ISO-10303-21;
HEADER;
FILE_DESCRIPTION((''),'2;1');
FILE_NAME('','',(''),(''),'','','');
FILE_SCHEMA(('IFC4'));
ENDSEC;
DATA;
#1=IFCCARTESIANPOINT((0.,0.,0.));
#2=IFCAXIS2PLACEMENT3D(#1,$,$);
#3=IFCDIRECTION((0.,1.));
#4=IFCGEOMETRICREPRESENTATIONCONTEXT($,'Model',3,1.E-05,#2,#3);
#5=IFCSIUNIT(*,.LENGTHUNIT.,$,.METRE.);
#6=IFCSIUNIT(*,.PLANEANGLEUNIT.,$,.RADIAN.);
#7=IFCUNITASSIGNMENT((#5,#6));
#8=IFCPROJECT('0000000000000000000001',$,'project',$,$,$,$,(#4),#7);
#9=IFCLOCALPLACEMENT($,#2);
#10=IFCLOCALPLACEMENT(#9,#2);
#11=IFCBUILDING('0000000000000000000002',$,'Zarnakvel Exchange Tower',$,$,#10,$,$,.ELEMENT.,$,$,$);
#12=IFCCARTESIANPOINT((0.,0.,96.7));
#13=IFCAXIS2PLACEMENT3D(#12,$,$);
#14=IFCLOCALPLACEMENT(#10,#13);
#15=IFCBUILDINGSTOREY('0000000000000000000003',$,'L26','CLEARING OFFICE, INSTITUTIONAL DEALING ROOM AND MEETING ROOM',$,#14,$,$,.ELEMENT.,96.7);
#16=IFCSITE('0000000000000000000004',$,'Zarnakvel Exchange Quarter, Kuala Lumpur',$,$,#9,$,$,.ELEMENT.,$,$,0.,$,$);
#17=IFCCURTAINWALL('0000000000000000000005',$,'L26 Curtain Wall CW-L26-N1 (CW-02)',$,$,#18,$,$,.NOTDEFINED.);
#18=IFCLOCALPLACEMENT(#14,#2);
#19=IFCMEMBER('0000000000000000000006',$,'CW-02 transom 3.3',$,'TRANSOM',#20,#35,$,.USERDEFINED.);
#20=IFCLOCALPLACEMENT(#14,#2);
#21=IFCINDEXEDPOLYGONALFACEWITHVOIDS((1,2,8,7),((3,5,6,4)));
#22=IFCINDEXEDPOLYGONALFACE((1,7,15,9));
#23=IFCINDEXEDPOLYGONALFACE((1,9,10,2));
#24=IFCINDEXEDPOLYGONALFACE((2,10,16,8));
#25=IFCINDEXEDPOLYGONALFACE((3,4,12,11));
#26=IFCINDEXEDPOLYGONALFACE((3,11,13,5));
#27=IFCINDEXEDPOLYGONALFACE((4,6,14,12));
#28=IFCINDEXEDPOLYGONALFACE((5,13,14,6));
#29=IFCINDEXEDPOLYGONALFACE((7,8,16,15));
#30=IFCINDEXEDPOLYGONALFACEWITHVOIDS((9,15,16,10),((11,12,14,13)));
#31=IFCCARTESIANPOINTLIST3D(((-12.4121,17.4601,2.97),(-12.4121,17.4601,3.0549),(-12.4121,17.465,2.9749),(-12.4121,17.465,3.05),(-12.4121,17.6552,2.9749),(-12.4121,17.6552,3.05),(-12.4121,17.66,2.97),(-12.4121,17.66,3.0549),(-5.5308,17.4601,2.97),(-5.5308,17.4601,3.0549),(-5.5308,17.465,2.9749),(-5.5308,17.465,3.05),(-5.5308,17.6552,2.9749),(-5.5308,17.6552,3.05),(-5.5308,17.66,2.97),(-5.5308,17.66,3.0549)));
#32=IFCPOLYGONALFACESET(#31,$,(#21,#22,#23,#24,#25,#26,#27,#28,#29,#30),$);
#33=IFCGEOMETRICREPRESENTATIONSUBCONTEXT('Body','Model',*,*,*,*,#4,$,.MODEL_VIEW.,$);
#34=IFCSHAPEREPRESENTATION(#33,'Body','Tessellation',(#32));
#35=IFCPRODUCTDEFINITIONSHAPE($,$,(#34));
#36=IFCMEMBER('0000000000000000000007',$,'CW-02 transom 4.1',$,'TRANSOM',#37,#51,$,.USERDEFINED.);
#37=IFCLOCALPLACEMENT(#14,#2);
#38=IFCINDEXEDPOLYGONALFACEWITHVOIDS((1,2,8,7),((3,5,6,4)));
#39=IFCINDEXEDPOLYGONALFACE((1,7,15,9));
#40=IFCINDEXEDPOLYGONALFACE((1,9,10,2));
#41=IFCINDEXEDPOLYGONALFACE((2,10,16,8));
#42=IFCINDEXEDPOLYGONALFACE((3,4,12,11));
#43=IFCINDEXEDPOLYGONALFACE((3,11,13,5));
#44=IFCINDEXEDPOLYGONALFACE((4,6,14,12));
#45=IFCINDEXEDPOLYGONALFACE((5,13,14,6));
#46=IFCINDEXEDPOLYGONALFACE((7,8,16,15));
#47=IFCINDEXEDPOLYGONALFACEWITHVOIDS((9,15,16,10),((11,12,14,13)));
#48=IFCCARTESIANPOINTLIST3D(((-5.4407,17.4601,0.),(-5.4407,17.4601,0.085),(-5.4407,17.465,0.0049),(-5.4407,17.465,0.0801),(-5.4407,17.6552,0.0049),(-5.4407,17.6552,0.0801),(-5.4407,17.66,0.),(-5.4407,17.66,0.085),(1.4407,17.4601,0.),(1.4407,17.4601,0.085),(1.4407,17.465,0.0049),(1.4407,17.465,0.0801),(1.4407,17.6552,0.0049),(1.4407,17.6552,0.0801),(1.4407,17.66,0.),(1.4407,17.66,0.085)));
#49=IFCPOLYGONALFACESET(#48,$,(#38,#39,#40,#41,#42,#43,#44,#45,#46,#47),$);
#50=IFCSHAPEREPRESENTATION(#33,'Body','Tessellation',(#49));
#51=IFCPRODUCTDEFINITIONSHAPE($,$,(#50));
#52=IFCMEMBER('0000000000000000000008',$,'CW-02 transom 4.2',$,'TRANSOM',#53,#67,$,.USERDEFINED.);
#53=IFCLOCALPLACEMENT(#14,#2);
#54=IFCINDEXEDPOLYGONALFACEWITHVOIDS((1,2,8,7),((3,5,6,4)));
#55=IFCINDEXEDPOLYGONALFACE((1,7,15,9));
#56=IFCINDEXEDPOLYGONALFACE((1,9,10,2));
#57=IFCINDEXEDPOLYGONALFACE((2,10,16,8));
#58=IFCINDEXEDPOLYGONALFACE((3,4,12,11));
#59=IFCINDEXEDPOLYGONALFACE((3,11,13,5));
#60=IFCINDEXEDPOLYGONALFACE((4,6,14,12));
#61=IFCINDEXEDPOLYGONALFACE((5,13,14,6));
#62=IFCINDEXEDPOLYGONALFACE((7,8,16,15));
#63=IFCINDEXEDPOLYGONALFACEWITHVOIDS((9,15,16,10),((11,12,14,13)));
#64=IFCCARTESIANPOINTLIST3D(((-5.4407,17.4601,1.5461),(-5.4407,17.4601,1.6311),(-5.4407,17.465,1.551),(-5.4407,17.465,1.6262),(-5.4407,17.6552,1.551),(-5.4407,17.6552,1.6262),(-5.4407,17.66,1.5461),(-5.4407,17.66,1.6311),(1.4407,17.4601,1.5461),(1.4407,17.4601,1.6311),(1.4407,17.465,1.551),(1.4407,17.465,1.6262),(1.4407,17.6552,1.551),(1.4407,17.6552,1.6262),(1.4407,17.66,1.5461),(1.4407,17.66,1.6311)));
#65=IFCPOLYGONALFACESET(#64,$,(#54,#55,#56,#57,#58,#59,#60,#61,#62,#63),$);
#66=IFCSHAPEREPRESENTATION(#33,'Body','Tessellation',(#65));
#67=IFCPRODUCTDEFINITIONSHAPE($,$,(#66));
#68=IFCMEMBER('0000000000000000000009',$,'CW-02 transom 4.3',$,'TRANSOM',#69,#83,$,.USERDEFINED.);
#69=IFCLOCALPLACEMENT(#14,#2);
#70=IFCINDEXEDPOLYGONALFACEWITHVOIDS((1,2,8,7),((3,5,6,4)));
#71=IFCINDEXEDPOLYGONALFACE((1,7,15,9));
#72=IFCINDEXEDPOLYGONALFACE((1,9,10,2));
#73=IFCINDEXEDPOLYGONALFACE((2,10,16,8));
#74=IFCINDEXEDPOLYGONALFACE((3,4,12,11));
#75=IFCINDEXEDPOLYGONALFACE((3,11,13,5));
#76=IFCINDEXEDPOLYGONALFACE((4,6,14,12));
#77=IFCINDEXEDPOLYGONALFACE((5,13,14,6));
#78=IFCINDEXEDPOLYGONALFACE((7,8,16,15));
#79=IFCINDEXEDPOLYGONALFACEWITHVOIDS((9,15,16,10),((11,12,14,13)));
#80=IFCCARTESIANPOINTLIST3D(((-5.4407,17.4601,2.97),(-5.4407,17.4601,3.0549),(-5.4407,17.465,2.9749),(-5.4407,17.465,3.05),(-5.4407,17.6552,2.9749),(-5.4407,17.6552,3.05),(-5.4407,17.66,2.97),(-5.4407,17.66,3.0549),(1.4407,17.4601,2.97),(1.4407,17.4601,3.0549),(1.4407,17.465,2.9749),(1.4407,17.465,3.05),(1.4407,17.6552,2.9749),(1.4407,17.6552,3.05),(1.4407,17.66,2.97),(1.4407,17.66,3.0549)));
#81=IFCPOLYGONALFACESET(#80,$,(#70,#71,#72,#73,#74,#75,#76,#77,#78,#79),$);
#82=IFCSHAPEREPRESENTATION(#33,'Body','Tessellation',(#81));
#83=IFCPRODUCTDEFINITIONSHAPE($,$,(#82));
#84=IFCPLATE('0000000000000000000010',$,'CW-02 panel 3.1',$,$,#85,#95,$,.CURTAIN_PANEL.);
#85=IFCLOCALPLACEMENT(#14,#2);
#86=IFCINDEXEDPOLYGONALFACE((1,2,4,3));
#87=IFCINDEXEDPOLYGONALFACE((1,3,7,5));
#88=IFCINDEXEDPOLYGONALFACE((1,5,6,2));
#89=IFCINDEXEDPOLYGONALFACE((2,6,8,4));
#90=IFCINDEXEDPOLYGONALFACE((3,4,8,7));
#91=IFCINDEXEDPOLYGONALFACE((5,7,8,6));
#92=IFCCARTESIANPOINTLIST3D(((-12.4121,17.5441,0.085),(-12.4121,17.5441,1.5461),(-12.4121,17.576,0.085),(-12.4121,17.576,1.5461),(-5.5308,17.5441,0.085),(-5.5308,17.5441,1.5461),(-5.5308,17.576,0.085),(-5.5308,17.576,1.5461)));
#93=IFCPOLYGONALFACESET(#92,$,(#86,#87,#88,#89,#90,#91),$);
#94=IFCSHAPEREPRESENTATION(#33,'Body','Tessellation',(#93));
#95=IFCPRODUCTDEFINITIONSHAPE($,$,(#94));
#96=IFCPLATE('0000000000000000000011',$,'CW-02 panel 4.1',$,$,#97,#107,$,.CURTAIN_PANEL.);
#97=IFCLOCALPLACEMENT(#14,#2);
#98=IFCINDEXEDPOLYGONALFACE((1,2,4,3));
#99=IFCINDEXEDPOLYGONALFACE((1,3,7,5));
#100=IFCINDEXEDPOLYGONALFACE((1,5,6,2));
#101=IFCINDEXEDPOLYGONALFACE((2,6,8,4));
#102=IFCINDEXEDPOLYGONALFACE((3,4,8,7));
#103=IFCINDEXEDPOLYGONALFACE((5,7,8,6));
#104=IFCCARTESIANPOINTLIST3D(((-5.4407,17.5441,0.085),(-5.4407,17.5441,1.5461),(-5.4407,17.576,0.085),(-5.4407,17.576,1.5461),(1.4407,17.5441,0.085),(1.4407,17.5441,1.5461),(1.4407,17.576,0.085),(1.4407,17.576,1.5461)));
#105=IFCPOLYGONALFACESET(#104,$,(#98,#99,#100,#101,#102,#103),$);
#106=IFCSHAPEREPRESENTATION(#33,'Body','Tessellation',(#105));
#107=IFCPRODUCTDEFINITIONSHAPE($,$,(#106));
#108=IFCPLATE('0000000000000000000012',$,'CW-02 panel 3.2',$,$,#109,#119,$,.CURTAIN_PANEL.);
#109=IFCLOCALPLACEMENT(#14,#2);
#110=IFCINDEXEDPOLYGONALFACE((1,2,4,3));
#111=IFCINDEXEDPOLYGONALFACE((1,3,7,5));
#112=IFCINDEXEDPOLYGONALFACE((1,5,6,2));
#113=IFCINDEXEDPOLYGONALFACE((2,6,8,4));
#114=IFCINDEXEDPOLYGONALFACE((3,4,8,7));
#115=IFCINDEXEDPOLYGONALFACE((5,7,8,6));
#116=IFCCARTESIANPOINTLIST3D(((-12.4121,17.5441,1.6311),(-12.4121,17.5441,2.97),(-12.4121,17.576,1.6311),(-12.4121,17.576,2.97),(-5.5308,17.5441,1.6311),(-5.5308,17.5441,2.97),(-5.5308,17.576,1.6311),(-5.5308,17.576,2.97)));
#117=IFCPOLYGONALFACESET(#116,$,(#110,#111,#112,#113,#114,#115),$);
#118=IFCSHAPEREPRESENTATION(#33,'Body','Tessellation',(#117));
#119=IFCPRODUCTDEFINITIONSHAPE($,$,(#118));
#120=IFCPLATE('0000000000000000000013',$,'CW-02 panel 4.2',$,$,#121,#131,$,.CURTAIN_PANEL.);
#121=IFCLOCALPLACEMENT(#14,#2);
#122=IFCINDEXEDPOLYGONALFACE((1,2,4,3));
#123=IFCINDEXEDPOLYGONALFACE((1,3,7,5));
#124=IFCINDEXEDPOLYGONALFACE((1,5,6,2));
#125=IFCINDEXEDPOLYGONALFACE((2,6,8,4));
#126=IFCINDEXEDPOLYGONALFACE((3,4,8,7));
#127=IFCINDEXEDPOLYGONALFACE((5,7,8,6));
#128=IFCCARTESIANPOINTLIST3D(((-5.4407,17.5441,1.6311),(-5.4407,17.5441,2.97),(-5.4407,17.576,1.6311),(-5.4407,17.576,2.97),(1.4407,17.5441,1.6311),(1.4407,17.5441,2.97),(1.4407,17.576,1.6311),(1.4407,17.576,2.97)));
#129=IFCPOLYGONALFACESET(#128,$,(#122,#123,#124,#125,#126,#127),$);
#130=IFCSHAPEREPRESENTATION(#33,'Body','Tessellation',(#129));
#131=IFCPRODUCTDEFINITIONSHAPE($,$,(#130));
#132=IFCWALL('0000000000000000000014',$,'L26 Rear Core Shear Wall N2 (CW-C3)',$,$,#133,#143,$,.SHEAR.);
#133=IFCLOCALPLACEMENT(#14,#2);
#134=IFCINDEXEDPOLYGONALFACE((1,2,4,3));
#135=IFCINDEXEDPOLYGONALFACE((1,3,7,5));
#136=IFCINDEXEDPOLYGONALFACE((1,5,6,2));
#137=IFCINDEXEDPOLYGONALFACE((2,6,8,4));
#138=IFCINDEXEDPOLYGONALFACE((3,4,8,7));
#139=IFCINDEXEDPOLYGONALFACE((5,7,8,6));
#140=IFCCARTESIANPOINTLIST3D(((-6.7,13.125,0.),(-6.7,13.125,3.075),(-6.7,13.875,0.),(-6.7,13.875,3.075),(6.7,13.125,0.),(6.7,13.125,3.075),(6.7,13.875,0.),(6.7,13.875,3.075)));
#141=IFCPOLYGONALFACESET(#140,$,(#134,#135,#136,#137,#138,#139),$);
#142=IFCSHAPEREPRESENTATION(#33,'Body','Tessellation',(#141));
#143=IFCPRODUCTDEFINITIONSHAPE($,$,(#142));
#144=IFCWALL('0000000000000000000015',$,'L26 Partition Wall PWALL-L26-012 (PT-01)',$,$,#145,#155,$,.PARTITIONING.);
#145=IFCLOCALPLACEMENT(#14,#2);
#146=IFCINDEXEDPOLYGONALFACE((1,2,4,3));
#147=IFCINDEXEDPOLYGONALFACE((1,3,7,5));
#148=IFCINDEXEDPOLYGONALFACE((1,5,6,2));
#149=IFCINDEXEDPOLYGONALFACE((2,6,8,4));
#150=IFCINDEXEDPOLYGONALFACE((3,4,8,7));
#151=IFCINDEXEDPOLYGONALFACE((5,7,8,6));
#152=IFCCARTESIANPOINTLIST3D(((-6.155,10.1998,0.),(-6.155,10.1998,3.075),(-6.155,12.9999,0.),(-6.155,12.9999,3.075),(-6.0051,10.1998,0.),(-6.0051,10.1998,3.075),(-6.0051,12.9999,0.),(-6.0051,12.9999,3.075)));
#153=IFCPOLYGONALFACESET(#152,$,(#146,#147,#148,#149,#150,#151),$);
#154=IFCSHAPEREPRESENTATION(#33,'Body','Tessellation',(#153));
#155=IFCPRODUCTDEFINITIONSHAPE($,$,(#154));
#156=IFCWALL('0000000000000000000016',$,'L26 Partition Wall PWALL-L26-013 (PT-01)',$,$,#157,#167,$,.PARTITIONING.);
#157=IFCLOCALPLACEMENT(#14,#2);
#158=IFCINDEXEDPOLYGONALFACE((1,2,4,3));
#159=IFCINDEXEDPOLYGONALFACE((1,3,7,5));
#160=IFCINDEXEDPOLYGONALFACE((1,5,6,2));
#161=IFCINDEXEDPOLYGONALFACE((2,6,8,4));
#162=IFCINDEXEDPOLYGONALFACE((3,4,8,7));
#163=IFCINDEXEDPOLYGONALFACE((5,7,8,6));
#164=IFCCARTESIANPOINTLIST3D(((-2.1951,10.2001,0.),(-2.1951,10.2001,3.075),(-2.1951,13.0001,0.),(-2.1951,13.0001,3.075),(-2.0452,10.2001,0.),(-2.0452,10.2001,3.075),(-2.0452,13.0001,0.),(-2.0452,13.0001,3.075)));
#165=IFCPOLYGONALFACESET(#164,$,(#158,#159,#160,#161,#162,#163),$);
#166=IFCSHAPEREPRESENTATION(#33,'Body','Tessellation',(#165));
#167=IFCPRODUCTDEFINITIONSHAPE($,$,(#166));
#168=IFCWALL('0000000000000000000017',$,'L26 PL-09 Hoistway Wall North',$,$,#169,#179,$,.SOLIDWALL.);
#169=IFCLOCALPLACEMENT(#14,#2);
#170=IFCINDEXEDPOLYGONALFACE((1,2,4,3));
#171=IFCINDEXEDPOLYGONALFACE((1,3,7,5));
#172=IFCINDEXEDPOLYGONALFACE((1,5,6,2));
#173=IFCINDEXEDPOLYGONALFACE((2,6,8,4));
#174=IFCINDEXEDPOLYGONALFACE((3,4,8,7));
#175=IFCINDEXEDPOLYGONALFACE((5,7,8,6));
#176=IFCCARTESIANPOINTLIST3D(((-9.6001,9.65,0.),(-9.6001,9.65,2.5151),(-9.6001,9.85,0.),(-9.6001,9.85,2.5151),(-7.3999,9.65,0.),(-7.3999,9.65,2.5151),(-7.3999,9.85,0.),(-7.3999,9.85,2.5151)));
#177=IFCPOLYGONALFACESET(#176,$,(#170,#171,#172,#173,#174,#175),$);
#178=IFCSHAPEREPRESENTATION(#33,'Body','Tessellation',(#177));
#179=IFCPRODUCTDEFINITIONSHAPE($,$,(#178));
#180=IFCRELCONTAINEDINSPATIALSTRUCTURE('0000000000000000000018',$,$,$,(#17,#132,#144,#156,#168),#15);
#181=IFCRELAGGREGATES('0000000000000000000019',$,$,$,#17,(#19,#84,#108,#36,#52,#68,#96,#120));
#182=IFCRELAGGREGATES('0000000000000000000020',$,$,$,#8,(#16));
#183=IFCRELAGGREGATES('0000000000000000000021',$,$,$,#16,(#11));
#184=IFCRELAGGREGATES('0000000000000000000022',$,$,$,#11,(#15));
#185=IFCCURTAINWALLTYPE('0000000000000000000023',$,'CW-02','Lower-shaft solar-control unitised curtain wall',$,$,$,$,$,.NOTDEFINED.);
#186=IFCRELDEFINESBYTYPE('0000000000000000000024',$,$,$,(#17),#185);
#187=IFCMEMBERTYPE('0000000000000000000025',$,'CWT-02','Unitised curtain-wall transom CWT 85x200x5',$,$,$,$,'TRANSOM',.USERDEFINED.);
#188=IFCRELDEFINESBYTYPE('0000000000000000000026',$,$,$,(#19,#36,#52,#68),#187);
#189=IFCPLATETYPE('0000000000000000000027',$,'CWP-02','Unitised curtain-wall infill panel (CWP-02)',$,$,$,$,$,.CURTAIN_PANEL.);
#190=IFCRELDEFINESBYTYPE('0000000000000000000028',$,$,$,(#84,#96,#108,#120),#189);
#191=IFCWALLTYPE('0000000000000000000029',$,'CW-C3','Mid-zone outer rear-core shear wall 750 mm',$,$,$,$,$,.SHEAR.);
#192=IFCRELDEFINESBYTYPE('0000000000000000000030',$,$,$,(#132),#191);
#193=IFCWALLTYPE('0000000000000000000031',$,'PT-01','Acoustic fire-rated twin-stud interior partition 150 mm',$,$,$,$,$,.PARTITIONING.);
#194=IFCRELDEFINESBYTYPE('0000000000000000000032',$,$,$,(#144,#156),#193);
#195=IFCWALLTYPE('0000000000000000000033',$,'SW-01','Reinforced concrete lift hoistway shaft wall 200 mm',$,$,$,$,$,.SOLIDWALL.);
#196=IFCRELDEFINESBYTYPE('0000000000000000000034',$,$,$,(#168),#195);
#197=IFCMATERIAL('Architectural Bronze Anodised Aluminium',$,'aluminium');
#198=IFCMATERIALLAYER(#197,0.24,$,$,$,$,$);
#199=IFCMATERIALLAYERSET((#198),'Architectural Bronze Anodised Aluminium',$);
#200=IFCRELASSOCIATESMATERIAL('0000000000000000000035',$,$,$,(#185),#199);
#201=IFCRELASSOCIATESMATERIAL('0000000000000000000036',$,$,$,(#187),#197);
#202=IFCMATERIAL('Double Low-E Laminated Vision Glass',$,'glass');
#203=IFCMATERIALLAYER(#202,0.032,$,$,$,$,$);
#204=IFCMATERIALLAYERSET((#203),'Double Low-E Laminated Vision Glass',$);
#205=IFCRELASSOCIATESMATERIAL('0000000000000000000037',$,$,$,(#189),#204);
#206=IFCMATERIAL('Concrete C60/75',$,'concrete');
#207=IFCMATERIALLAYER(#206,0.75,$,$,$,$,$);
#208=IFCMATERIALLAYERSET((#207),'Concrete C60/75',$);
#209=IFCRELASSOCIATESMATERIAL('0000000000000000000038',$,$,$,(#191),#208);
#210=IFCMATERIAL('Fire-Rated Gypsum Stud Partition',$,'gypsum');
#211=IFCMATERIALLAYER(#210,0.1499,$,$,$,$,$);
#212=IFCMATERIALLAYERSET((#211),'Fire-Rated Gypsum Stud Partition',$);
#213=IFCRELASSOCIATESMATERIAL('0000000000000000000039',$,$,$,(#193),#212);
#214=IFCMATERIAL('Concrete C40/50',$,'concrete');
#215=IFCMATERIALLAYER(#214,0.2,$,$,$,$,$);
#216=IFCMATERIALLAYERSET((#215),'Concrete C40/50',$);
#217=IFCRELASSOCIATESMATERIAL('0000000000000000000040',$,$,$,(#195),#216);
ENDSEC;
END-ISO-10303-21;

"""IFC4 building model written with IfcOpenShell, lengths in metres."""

from ifc_helpers import new_model, si_unit, direction, frame, frame_2d, origin, origin_2d, place, context, subcontext, project, spatial, rectangle, hollow_rectangle, extrude, source, transform, mapped, material, layer, layer_set, material_profile, profile_set, type_object, element, aggregate, save


model = new_model("IFC4")

# Units and contexts
model_context = context("Model", 3, precision=1e-05, world=origin(), true_north=direction((0.0, 1.0)))
body_context = subcontext(model_context, "Body", "Model", "MODEL_VIEW")
ifc_project = project(units=[si_unit("LENGTHUNIT", "METRE"), si_unit("PLANEANGLEUNIT", "RADIAN")], contexts=[model_context])

# Site, building, storey
site_placement = place(None, origin())
site = spatial("IfcSite", under=ifc_project, at=site_placement, Name="Zarnakvel Exchange Quarter, Kuala Lumpur", CompositionType="ELEMENT", RefElevation=0.0)
building_placement = place(site_placement, origin())
building = spatial("IfcBuilding", under=site, at=building_placement, Name="Zarnakvel Exchange Tower", CompositionType="ELEMENT")
storey_placement = place(building_placement, frame((0.0, 0.0, 96.7)))
storey = spatial("IfcBuildingStorey", under=building, at=storey_placement, Name="L26", Description="CLEARING OFFICE, INSTITUTIONAL DEALING ROOM AND MEETING ROOM", CompositionType="ELEMENT", Elevation=96.7)

# Shared definitions
ifc_material_1 = material(Name="Concrete C60/75", Category="concrete")

# Curtain wall, members, plates
ifc_material_2 = material(Name="Architectural Bronze Anodised Aluminium", Category="aluminium")
ifc_layer_1 = layer(ifc_material_2, 0.24)
ifc_layer_set_1 = layer_set([ifc_layer_1], Name="Architectural Bronze Anodised Aluminium")
curtain_wall_type = type_object("IfcCurtainWallType", Name="CW-02", Description="Lower-shaft solar-control unitised curtain wall", PredefinedType="NOTDEFINED", material=ifc_layer_set_1)
curtain_wall_placement = place(storey_placement, origin())
curtain_wall = element("IfcCurtainWall", 1, at=curtain_wall_placement, inside=storey, type_object=curtain_wall_type, Name="L26 Curtain Wall CW-L26-N1 (CW-02)", PredefinedType="NOTDEFINED")
ifc_material_profile_1 = material_profile(ifc_material_2, hollow_rectangle(XDim=0.2, YDim=0.085, WallThickness=0.0049, at=origin_2d()))
ifc_profile_set_1 = profile_set([ifc_material_profile_1], Name="Architectural Bronze Anodised Aluminium")
member_type_1 = type_object("IfcMemberType", Name="CWT-02", Description="Unitised curtain-wall transom CWT 85x200x5", ElementType="TRANSOM", PredefinedType="USERDEFINED", material=ifc_profile_set_1)
shared_shape_1 = source(origin(), body_context, "Body", "SweptSolid", [
    extrude(hollow_rectangle(XDim=0.2, YDim=0.085, WallThickness=0.0049, at=origin_2d()), origin(), (0.0, 0.0, 1.0), 6.8813),
])
member_1_placement = place(storey_placement, frame((-12.4121, 17.5601, 3.0125), z_axis=(1.0, 0.0, 0.0), x_axis=(0.0, 1.0, 0.0)))
member_1 = element("IfcMember", 2, at=member_1_placement, type_object=member_type_1, Name="CW-02 transom 3.3", ObjectType="TRANSOM", PredefinedType="USERDEFINED", context=body_context, shape_type="MappedRepresentation", body=[
    mapped(shared_shape_1, transform((0.0, 0.0, 0.0), x_axis=(1.0, 0.0, 0.0), y_axis=(0.0, 1.0, 0.0), z_axis=(0.0, 0.0, 1.0), scale=1.0)),
])
member_2_placement = place(storey_placement, frame((-5.4407, 17.5601, 0.0425), z_axis=(1.0, 0.0, 0.0), x_axis=(0.0, 1.0, 0.0)))
member_2 = element("IfcMember", 3, at=member_2_placement, type_object=member_type_1, Name="CW-02 transom 4.1", ObjectType="TRANSOM", PredefinedType="USERDEFINED", context=body_context, shape_type="MappedRepresentation", body=[
    mapped(shared_shape_1, transform((0.0, 0.0, 0.0), x_axis=(1.0, 0.0, 0.0), y_axis=(0.0, 1.0, 0.0), z_axis=(0.0, 0.0, 1.0), scale=1.0)),
])
member_3_placement = place(storey_placement, frame((-5.4407, 17.5601, 1.5886), z_axis=(1.0, 0.0, 0.0), x_axis=(0.0, 1.0, 0.0)))
member_3 = element("IfcMember", 4, at=member_3_placement, type_object=member_type_1, Name="CW-02 transom 4.2", ObjectType="TRANSOM", PredefinedType="USERDEFINED", context=body_context, shape_type="MappedRepresentation", body=[
    mapped(shared_shape_1, transform((0.0, 0.0, 0.0), x_axis=(1.0, 0.0, 0.0), y_axis=(0.0, 1.0, 0.0), z_axis=(0.0, 0.0, 1.0), scale=1.0)),
])
member_4_placement = place(storey_placement, frame((-5.4407, 17.5601, 3.0125), z_axis=(1.0, 0.0, 0.0), x_axis=(0.0, 1.0, 0.0)))
member_4 = element("IfcMember", 5, at=member_4_placement, type_object=member_type_1, Name="CW-02 transom 4.3", ObjectType="TRANSOM", PredefinedType="USERDEFINED", context=body_context, shape_type="MappedRepresentation", body=[
    mapped(shared_shape_1, transform((0.0, 0.0, 0.0), x_axis=(1.0, 0.0, 0.0), y_axis=(0.0, 1.0, 0.0), z_axis=(0.0, 0.0, 1.0), scale=1.0)),
])
ifc_material_3 = material(Name="Double Low-E Laminated Vision Glass", Category="glass")
ifc_layer_2 = layer(ifc_material_3, 0.032)
ifc_layer_set_2 = layer_set([ifc_layer_2], Name="Double Low-E Laminated Vision Glass")
plate_type = type_object("IfcPlateType", Name="CWP-02", Description="Unitised curtain-wall infill panel (CWP-02)", PredefinedType="CURTAIN_PANEL", material=ifc_layer_set_2)
shared_shape_2 = source(origin(), body_context, "Body", "SweptSolid", [
    extrude(rectangle(XDim=6.8813, YDim=0.032, at=origin_2d()), origin(), (0.0, 0.0, 1.0), 1.4612),
])
plate_1_placement = place(storey_placement, frame((-8.9714, 17.5601, 0.085), z_axis=(0.0, 0.0, 1.0), x_axis=(1.0, 0.0, 0.0)))
plate_1 = element("IfcPlate", 6, at=plate_1_placement, type_object=plate_type, Name="CW-02 panel 3.1", PredefinedType="CURTAIN_PANEL", context=body_context, shape_type="MappedRepresentation", body=[
    mapped(shared_shape_2, transform((0.0, 0.0, 0.0), x_axis=(1.0, 0.0, 0.0), y_axis=(0.0, 1.0, 0.0), z_axis=(0.0, 0.0, 1.0), scale=1.0)),
])
plate_2_placement = place(storey_placement, frame((-2.0, 17.5601, 0.085), z_axis=(0.0, 0.0, 1.0), x_axis=(1.0, 0.0, 0.0)))
plate_2 = element("IfcPlate", 7, at=plate_2_placement, type_object=plate_type, Name="CW-02 panel 4.1", PredefinedType="CURTAIN_PANEL", context=body_context, shape_type="MappedRepresentation", body=[
    mapped(shared_shape_2, transform((0.0, 0.0, 0.0), x_axis=(1.0, 0.0, 0.0), y_axis=(0.0, 1.0, 0.0), z_axis=(0.0, 0.0, 1.0), scale=1.0)),
])
shared_shape_3 = source(origin(), body_context, "Body", "SweptSolid", [
    extrude(rectangle(XDim=6.8813, YDim=0.032, at=origin_2d()), origin(), (0.0, 0.0, 1.0), 1.3389),
])
plate_3_placement = place(storey_placement, frame((-8.9714, 17.5601, 1.6311), z_axis=(0.0, 0.0, 1.0), x_axis=(1.0, 0.0, 0.0)))
plate_3 = element("IfcPlate", 8, at=plate_3_placement, type_object=plate_type, Name="CW-02 panel 3.2", PredefinedType="CURTAIN_PANEL", context=body_context, shape_type="MappedRepresentation", body=[
    mapped(shared_shape_3, transform((0.0, 0.0, 0.0), x_axis=(1.0, 0.0, 0.0), y_axis=(0.0, 1.0, 0.0), z_axis=(0.0, 0.0, 1.0), scale=1.0)),
])
plate_4_placement = place(storey_placement, frame((-2.0, 17.5601, 1.6311), z_axis=(0.0, 0.0, 1.0), x_axis=(1.0, 0.0, 0.0)))
plate_4 = element("IfcPlate", 9, at=plate_4_placement, type_object=plate_type, Name="CW-02 panel 4.2", PredefinedType="CURTAIN_PANEL", context=body_context, shape_type="MappedRepresentation", body=[
    mapped(shared_shape_3, transform((0.0, 0.0, 0.0), x_axis=(1.0, 0.0, 0.0), y_axis=(0.0, 1.0, 0.0), z_axis=(0.0, 0.0, 1.0), scale=1.0)),
])
aggregate(curtain_wall, [member_1, plate_1, plate_3, member_2, member_3, member_4, plate_2, plate_4])

# Wall
ifc_layer_3 = layer(ifc_material_1, 0.75)
ifc_layer_set_3 = layer_set([ifc_layer_3], Name="Concrete C60/75")
wall_type_1 = type_object("IfcWallType", Name="CW-C3", Description="Mid-zone outer rear-core shear wall 750 mm", PredefinedType="SHEAR", material=ifc_layer_set_3)
wall_1_placement = place(storey_placement, frame((-6.7, 13.5, 0.0), z_axis=(0.0, 0.0, 1.0), x_axis=(1.0, 0.0, 0.0)))
element("IfcWall", 10, at=wall_1_placement, inside=storey, type_object=wall_type_1, Name="L26 Rear Core Shear Wall N2 (CW-C3)", PredefinedType="SHEAR", context=body_context, shape_type="SweptSolid", body=[
    extrude(rectangle(XDim=13.3999, YDim=0.75, at=frame_2d((6.7, 0.0))), origin(), (0.0, 0.0, 1.0), 3.075),
])

# Shared definitions
ifc_material_4 = material(Name="Fire-Rated Gypsum Stud Partition", Category="gypsum")
ifc_layer_4 = layer(ifc_material_4, 0.1499)
ifc_layer_set_4 = layer_set([ifc_layer_4], Name="Fire-Rated Gypsum Stud Partition")
wall_type_2 = type_object("IfcWallType", Name="PT-01", Description="Acoustic fire-rated twin-stud interior partition 150 mm", PredefinedType="PARTITIONING", material=ifc_layer_set_4)

# Walls
for number, where, z_axis, x_axis, name in (
    (11, (-6.0801, 10.2, 0.0), (0.0, 0.0, 1.0), (0.0, 1.0, 0.0), "L26 Partition Wall PWALL-L26-012 (PT-01)"),
    (12, (-2.1201, 13.0, 0.0), (0.0, 0.0, 1.0), (0.0, -1.0, 0.0), "L26 Partition Wall PWALL-L26-013 (PT-01)"),
):
    element("IfcWall", number, at=place(storey_placement, frame(where, z_axis=z_axis, x_axis=x_axis)), inside=storey, type_object=wall_type_2, Name=name, PredefinedType="PARTITIONING", context=body_context, shape_type="SweptSolid", body=[
        extrude(rectangle(XDim=2.8, YDim=0.1499, at=frame_2d((1.3999, 0.0))), origin(), (0.0, 0.0, 1.0), 3.075),
    ])
ifc_material_5 = material(Name="Concrete C40/50", Category="concrete")
ifc_layer_5 = layer(ifc_material_5, 0.2)
ifc_layer_set_5 = layer_set([ifc_layer_5], Name="Concrete C40/50")
wall_type_3 = type_object("IfcWallType", Name="SW-01", Description="Reinforced concrete lift hoistway shaft wall 200 mm", PredefinedType="SOLIDWALL", material=ifc_layer_set_5)
wall_2_placement = place(storey_placement, frame((-9.6001, 9.75, 0.0), z_axis=(0.0, 0.0, 1.0), x_axis=(1.0, 0.0, 0.0)))
element("IfcWall", 13, at=wall_2_placement, inside=storey, type_object=wall_type_3, Name="L26 PL-09 Hoistway Wall North", PredefinedType="SOLIDWALL", context=body_context, shape_type="SweptSolid", body=[
    extrude(rectangle(XDim=2.2002, YDim=0.2, at=frame_2d((1.1001, 0.0))), origin(), (0.0, 0.0, 1.0), 2.5151),
])

save(model, "model.ifc")
